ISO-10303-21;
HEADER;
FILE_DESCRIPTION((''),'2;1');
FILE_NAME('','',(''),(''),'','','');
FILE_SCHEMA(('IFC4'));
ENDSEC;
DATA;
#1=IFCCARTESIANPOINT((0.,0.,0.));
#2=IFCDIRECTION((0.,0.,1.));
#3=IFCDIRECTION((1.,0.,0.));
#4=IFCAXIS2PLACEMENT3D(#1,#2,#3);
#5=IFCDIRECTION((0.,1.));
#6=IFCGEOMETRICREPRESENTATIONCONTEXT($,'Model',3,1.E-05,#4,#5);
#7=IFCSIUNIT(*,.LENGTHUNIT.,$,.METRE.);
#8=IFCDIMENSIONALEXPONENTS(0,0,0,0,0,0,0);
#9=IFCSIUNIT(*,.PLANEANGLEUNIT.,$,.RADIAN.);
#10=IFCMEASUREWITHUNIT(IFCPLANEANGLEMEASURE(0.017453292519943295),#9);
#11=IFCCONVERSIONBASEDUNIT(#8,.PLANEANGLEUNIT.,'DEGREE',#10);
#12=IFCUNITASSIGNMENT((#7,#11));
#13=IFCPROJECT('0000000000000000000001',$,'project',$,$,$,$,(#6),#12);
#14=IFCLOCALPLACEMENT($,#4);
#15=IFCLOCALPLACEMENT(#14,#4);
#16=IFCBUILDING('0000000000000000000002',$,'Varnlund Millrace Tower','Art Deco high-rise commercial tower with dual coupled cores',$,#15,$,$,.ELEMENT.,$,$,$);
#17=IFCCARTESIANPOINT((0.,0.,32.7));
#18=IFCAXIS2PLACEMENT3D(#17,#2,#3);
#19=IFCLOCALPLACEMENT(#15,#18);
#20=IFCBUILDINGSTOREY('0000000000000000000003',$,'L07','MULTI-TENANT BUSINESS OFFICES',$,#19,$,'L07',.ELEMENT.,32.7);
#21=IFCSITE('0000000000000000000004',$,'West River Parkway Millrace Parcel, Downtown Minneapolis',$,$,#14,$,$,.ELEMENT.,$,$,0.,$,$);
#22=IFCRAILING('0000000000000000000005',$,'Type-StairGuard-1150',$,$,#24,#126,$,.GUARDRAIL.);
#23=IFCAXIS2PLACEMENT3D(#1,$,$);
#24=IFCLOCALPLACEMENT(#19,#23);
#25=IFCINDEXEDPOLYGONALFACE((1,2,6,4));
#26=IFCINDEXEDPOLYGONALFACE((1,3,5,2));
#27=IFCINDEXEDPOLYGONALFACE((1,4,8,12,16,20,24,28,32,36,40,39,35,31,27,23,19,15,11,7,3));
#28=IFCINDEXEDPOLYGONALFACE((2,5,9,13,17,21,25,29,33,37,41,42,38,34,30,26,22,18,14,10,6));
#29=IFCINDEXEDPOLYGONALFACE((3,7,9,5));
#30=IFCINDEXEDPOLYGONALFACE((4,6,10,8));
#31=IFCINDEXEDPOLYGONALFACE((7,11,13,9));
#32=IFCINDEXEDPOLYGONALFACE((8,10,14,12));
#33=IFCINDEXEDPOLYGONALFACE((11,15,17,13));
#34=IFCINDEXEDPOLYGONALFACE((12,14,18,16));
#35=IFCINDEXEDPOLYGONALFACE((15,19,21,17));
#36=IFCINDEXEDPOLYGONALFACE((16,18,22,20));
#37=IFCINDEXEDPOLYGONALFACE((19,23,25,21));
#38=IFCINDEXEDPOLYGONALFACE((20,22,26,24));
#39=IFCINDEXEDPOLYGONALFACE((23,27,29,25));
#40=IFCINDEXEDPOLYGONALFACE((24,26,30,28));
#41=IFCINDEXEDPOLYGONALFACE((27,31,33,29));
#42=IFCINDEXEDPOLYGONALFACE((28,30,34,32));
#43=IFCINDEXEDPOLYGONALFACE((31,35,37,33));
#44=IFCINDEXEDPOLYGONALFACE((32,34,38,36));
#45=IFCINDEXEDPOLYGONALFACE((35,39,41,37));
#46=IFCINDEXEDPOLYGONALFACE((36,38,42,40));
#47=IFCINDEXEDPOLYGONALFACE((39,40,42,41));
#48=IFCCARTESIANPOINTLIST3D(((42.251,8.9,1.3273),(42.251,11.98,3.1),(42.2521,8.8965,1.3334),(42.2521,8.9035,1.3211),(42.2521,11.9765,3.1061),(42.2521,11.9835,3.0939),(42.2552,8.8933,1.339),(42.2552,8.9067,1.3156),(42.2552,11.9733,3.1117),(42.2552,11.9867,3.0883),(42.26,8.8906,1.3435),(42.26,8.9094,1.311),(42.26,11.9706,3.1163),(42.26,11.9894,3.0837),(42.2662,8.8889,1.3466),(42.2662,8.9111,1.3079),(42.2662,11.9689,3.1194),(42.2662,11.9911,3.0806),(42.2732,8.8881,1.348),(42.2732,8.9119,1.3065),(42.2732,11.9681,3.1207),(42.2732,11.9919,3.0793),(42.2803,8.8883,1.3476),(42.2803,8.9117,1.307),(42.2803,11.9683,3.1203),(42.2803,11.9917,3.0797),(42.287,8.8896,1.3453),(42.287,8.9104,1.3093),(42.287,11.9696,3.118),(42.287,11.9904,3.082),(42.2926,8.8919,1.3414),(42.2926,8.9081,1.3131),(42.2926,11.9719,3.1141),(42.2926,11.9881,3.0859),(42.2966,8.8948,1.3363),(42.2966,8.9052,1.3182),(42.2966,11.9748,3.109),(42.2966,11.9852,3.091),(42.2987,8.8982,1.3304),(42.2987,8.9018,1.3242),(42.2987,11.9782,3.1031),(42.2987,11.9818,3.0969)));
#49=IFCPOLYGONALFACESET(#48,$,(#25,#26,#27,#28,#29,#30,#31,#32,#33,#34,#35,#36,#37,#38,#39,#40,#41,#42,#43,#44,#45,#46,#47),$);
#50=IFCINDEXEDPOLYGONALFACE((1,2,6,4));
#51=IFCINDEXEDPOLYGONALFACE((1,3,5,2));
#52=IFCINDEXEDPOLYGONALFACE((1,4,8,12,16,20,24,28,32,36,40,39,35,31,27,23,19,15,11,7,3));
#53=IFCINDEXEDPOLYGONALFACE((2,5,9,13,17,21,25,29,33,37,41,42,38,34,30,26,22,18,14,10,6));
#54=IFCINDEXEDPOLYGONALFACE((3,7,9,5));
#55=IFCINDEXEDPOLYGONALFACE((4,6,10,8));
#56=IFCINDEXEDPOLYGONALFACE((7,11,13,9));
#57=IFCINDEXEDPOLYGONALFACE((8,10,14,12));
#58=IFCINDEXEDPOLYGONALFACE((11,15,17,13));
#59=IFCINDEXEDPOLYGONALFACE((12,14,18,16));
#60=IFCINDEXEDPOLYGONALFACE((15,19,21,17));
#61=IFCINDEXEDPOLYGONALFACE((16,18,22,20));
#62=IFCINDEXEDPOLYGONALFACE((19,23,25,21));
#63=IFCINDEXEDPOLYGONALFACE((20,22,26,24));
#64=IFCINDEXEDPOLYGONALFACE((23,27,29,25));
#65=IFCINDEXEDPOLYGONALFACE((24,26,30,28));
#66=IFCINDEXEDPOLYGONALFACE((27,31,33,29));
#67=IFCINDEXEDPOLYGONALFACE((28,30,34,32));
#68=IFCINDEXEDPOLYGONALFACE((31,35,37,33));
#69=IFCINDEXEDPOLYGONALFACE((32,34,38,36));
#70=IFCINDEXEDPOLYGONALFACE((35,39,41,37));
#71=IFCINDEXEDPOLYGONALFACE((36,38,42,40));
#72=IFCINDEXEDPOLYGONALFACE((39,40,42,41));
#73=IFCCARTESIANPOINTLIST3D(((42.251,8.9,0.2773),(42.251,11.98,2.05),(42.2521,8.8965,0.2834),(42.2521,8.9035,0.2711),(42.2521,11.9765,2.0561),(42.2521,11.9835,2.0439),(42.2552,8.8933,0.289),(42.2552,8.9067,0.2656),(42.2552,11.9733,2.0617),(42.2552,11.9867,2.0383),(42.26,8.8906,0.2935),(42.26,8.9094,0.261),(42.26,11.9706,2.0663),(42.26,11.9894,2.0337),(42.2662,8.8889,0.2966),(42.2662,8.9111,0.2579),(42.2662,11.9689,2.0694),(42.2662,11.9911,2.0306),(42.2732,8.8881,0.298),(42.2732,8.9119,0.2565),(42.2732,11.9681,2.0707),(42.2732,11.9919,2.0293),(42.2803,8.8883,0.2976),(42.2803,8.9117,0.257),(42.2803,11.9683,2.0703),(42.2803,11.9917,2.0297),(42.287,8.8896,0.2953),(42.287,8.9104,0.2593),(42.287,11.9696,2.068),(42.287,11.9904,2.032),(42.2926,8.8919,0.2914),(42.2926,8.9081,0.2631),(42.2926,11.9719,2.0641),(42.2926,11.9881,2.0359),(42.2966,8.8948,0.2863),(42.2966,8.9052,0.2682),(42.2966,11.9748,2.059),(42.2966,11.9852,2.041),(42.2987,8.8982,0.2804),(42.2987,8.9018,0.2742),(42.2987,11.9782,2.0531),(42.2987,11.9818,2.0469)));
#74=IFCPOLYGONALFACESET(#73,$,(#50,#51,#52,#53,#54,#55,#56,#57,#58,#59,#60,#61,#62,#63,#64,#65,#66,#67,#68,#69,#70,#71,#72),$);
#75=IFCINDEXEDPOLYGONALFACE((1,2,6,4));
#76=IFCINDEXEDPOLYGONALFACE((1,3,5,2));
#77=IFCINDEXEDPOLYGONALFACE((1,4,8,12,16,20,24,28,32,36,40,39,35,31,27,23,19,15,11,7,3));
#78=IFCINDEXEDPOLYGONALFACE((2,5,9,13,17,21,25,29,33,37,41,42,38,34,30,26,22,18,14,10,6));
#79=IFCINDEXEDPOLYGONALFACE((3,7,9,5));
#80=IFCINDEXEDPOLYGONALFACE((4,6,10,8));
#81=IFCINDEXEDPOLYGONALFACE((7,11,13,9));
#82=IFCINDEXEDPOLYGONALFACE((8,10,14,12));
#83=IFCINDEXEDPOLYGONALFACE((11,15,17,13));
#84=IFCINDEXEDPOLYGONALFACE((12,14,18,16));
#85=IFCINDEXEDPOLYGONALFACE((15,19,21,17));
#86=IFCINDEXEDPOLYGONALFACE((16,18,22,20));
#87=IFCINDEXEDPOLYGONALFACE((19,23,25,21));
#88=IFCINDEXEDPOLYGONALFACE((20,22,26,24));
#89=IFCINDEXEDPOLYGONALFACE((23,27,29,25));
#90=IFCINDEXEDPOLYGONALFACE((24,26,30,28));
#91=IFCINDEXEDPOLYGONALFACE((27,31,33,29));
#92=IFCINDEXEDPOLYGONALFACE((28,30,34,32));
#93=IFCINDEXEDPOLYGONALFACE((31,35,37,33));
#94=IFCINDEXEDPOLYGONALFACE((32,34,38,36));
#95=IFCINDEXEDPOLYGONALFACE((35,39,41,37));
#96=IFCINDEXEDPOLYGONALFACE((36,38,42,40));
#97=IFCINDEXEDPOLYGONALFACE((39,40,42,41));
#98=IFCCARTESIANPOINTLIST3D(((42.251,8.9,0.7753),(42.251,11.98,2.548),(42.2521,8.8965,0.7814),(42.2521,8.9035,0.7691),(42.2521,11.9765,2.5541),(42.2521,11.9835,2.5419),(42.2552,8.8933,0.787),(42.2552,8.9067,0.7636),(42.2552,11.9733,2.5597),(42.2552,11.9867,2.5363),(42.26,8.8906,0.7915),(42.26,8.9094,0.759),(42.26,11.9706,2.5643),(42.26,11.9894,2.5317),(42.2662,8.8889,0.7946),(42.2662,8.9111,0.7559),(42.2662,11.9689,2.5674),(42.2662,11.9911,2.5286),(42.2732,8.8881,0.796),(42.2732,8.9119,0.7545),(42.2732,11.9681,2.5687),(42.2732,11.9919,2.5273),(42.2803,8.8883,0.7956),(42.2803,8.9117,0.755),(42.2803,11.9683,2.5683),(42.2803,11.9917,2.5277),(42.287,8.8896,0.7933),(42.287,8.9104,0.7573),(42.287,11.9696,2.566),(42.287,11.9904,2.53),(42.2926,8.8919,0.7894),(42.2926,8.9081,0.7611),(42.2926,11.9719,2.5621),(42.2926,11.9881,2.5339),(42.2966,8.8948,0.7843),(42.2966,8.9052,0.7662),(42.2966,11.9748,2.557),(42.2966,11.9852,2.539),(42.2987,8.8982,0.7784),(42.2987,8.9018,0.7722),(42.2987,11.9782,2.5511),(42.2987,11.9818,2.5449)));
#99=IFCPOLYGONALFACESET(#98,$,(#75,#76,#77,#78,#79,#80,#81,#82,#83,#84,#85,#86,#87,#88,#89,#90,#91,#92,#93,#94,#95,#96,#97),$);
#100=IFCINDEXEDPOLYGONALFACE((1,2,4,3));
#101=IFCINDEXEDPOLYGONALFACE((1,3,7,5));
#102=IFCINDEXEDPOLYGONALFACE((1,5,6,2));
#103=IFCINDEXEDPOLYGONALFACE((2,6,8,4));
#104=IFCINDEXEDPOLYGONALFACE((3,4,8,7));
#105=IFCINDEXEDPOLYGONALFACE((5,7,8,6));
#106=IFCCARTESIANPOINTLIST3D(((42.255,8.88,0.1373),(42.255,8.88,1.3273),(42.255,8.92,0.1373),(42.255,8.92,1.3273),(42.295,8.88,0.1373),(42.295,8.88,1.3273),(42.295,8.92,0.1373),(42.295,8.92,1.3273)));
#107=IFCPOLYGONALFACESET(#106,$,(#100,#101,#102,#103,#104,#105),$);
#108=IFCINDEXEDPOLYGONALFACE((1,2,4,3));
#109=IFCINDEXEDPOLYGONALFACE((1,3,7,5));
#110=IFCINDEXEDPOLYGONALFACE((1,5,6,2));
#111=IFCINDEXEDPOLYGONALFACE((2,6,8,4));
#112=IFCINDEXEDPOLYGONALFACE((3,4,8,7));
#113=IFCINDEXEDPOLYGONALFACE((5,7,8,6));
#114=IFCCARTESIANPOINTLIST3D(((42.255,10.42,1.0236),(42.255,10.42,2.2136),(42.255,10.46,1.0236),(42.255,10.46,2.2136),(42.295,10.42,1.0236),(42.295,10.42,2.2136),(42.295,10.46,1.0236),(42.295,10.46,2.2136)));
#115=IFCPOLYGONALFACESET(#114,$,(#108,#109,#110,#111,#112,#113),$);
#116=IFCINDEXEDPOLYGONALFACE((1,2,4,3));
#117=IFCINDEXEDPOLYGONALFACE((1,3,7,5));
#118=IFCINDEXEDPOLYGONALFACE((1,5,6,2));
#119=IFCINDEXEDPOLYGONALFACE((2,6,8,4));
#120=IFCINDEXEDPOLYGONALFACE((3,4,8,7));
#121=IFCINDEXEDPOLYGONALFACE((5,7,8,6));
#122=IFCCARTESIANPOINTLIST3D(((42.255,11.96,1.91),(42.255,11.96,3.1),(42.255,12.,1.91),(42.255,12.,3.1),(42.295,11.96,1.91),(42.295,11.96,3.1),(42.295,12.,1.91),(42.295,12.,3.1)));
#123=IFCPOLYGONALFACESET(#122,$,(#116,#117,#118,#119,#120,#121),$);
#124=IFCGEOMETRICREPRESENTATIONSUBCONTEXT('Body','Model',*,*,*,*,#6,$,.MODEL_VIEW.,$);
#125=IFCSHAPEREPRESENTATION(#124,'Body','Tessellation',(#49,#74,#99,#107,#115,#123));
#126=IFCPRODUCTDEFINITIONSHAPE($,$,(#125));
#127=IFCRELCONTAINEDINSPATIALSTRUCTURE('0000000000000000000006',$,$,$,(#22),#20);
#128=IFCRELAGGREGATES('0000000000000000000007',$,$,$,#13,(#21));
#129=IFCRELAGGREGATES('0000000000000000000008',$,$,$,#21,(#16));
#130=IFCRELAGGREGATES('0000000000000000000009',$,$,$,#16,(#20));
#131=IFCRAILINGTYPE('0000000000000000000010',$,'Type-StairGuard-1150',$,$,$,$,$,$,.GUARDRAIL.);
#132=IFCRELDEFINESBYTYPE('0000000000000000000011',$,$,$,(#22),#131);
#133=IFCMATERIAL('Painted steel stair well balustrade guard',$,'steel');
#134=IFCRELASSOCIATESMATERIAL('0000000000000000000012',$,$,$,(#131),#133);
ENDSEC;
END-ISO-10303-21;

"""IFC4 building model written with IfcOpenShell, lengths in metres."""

from ifc_helpers import new_model, entity, si_unit, converted_unit, direction, frame, origin_with_axes, origin_2d_with_axis, place, context, subcontext, project, spatial, rectangle, circle, extrude, material, type_object, element, save


model = new_model("IFC4")

# Units and contexts
model_context = context("Model", 3, precision=1e-05, world=origin_with_axes(), true_north=direction((0.0, 1.0)))
body_context = subcontext(model_context, "Body", "Model", "MODEL_VIEW")
ifc_project = project(units=[si_unit("LENGTHUNIT", "METRE"), converted_unit("PLANEANGLEUNIT", "DEGREE", entity("IfcPlaneAngleMeasure", 0.017453292519943295), si_unit("PLANEANGLEUNIT", "RADIAN"), dimensions=[0, 0, 0, 0, 0, 0, 0])], contexts=[model_context])

# Site, building, storey
site_placement = place(None, origin_with_axes())
site = spatial("IfcSite", under=ifc_project, at=site_placement, Name="West River Parkway Millrace Parcel, Downtown Minneapolis", CompositionType="ELEMENT", RefElevation=0.0)
building_placement = place(site_placement, origin_with_axes())
building = spatial("IfcBuilding", under=site, at=building_placement, Name="Varnlund Millrace Tower", Description="Art Deco high-rise commercial tower with dual coupled cores", CompositionType="ELEMENT")
storey_placement = place(building_placement, frame((0.0, 0.0, 32.7), z_axis=(0.0, 0.0, 1.0), x_axis=(1.0, 0.0, 0.0)))
storey = spatial("IfcBuildingStorey", under=building, at=storey_placement, Name="L07", Description="MULTI-TENANT BUSINESS OFFICES", LongName="L07", CompositionType="ELEMENT", Elevation=32.7)

# Railing
ifc_material_1 = material(Name="Painted steel stair well balustrade guard", Category="steel")
railing_type_1 = type_object("IfcRailingType", Name="Type-StairGuard-1150", PredefinedType="GUARDRAIL", material=ifc_material_1)
railing_1_placement = place(storey_placement, frame((0.0, 0.0, -32.7), z_axis=(0.0, 0.0, 1.0), x_axis=(1.0, 0.0, 0.0)))
element("IfcRailing", 1, at=railing_1_placement, inside=storey, type_object=railing_type_1, Name="Type-StairGuard-1150", PredefinedType="GUARDRAIL", context=body_context, shape_type="SweptSolid", body=[
    extrude(circle(Radius=0.024, at=origin_2d_with_axis()), frame((42.275, 8.9, 34.0273), z_axis=(0.0, 0.866696, 0.498836), x_axis=(-1.0, 0.0, 0.0)), (0.0, 0.0, 1.0), 3.5537),
    extrude(circle(Radius=0.024, at=origin_2d_with_axis()), frame((42.275, 8.9, 32.9773), z_axis=(0.0, 0.866696, 0.498836), x_axis=(-1.0, 0.0, 0.0)), (0.0, 0.0, 1.0), 3.5537),
    extrude(circle(Radius=0.024, at=origin_2d_with_axis()), frame((42.275, 8.9, 33.4753), z_axis=(0.0, 0.866696, 0.498836), x_axis=(-1.0, 0.0, 0.0)), (0.0, 0.0, 1.0), 3.5537),
    extrude(rectangle(XDim=0.04, YDim=0.04, at=origin_2d_with_axis()), frame((42.275, 8.9, 32.8373), z_axis=(0.0, 0.0, 1.0), x_axis=(1.0, 0.0, 0.0)), (0.0, 0.0, 1.0), 1.19),
    extrude(rectangle(XDim=0.04, YDim=0.04, at=origin_2d_with_axis()), frame((42.275, 10.44, 33.7236), z_axis=(0.0, 0.0, 1.0), x_axis=(1.0, 0.0, 0.0)), (0.0, 0.0, 1.0), 1.19),
    extrude(rectangle(XDim=0.04, YDim=0.04, at=origin_2d_with_axis()), frame((42.275, 11.98, 34.61), z_axis=(0.0, 0.0, 1.0), x_axis=(1.0, 0.0, 0.0)), (0.0, 0.0, 1.0), 1.19),
])

save(model, "model.ifc")
